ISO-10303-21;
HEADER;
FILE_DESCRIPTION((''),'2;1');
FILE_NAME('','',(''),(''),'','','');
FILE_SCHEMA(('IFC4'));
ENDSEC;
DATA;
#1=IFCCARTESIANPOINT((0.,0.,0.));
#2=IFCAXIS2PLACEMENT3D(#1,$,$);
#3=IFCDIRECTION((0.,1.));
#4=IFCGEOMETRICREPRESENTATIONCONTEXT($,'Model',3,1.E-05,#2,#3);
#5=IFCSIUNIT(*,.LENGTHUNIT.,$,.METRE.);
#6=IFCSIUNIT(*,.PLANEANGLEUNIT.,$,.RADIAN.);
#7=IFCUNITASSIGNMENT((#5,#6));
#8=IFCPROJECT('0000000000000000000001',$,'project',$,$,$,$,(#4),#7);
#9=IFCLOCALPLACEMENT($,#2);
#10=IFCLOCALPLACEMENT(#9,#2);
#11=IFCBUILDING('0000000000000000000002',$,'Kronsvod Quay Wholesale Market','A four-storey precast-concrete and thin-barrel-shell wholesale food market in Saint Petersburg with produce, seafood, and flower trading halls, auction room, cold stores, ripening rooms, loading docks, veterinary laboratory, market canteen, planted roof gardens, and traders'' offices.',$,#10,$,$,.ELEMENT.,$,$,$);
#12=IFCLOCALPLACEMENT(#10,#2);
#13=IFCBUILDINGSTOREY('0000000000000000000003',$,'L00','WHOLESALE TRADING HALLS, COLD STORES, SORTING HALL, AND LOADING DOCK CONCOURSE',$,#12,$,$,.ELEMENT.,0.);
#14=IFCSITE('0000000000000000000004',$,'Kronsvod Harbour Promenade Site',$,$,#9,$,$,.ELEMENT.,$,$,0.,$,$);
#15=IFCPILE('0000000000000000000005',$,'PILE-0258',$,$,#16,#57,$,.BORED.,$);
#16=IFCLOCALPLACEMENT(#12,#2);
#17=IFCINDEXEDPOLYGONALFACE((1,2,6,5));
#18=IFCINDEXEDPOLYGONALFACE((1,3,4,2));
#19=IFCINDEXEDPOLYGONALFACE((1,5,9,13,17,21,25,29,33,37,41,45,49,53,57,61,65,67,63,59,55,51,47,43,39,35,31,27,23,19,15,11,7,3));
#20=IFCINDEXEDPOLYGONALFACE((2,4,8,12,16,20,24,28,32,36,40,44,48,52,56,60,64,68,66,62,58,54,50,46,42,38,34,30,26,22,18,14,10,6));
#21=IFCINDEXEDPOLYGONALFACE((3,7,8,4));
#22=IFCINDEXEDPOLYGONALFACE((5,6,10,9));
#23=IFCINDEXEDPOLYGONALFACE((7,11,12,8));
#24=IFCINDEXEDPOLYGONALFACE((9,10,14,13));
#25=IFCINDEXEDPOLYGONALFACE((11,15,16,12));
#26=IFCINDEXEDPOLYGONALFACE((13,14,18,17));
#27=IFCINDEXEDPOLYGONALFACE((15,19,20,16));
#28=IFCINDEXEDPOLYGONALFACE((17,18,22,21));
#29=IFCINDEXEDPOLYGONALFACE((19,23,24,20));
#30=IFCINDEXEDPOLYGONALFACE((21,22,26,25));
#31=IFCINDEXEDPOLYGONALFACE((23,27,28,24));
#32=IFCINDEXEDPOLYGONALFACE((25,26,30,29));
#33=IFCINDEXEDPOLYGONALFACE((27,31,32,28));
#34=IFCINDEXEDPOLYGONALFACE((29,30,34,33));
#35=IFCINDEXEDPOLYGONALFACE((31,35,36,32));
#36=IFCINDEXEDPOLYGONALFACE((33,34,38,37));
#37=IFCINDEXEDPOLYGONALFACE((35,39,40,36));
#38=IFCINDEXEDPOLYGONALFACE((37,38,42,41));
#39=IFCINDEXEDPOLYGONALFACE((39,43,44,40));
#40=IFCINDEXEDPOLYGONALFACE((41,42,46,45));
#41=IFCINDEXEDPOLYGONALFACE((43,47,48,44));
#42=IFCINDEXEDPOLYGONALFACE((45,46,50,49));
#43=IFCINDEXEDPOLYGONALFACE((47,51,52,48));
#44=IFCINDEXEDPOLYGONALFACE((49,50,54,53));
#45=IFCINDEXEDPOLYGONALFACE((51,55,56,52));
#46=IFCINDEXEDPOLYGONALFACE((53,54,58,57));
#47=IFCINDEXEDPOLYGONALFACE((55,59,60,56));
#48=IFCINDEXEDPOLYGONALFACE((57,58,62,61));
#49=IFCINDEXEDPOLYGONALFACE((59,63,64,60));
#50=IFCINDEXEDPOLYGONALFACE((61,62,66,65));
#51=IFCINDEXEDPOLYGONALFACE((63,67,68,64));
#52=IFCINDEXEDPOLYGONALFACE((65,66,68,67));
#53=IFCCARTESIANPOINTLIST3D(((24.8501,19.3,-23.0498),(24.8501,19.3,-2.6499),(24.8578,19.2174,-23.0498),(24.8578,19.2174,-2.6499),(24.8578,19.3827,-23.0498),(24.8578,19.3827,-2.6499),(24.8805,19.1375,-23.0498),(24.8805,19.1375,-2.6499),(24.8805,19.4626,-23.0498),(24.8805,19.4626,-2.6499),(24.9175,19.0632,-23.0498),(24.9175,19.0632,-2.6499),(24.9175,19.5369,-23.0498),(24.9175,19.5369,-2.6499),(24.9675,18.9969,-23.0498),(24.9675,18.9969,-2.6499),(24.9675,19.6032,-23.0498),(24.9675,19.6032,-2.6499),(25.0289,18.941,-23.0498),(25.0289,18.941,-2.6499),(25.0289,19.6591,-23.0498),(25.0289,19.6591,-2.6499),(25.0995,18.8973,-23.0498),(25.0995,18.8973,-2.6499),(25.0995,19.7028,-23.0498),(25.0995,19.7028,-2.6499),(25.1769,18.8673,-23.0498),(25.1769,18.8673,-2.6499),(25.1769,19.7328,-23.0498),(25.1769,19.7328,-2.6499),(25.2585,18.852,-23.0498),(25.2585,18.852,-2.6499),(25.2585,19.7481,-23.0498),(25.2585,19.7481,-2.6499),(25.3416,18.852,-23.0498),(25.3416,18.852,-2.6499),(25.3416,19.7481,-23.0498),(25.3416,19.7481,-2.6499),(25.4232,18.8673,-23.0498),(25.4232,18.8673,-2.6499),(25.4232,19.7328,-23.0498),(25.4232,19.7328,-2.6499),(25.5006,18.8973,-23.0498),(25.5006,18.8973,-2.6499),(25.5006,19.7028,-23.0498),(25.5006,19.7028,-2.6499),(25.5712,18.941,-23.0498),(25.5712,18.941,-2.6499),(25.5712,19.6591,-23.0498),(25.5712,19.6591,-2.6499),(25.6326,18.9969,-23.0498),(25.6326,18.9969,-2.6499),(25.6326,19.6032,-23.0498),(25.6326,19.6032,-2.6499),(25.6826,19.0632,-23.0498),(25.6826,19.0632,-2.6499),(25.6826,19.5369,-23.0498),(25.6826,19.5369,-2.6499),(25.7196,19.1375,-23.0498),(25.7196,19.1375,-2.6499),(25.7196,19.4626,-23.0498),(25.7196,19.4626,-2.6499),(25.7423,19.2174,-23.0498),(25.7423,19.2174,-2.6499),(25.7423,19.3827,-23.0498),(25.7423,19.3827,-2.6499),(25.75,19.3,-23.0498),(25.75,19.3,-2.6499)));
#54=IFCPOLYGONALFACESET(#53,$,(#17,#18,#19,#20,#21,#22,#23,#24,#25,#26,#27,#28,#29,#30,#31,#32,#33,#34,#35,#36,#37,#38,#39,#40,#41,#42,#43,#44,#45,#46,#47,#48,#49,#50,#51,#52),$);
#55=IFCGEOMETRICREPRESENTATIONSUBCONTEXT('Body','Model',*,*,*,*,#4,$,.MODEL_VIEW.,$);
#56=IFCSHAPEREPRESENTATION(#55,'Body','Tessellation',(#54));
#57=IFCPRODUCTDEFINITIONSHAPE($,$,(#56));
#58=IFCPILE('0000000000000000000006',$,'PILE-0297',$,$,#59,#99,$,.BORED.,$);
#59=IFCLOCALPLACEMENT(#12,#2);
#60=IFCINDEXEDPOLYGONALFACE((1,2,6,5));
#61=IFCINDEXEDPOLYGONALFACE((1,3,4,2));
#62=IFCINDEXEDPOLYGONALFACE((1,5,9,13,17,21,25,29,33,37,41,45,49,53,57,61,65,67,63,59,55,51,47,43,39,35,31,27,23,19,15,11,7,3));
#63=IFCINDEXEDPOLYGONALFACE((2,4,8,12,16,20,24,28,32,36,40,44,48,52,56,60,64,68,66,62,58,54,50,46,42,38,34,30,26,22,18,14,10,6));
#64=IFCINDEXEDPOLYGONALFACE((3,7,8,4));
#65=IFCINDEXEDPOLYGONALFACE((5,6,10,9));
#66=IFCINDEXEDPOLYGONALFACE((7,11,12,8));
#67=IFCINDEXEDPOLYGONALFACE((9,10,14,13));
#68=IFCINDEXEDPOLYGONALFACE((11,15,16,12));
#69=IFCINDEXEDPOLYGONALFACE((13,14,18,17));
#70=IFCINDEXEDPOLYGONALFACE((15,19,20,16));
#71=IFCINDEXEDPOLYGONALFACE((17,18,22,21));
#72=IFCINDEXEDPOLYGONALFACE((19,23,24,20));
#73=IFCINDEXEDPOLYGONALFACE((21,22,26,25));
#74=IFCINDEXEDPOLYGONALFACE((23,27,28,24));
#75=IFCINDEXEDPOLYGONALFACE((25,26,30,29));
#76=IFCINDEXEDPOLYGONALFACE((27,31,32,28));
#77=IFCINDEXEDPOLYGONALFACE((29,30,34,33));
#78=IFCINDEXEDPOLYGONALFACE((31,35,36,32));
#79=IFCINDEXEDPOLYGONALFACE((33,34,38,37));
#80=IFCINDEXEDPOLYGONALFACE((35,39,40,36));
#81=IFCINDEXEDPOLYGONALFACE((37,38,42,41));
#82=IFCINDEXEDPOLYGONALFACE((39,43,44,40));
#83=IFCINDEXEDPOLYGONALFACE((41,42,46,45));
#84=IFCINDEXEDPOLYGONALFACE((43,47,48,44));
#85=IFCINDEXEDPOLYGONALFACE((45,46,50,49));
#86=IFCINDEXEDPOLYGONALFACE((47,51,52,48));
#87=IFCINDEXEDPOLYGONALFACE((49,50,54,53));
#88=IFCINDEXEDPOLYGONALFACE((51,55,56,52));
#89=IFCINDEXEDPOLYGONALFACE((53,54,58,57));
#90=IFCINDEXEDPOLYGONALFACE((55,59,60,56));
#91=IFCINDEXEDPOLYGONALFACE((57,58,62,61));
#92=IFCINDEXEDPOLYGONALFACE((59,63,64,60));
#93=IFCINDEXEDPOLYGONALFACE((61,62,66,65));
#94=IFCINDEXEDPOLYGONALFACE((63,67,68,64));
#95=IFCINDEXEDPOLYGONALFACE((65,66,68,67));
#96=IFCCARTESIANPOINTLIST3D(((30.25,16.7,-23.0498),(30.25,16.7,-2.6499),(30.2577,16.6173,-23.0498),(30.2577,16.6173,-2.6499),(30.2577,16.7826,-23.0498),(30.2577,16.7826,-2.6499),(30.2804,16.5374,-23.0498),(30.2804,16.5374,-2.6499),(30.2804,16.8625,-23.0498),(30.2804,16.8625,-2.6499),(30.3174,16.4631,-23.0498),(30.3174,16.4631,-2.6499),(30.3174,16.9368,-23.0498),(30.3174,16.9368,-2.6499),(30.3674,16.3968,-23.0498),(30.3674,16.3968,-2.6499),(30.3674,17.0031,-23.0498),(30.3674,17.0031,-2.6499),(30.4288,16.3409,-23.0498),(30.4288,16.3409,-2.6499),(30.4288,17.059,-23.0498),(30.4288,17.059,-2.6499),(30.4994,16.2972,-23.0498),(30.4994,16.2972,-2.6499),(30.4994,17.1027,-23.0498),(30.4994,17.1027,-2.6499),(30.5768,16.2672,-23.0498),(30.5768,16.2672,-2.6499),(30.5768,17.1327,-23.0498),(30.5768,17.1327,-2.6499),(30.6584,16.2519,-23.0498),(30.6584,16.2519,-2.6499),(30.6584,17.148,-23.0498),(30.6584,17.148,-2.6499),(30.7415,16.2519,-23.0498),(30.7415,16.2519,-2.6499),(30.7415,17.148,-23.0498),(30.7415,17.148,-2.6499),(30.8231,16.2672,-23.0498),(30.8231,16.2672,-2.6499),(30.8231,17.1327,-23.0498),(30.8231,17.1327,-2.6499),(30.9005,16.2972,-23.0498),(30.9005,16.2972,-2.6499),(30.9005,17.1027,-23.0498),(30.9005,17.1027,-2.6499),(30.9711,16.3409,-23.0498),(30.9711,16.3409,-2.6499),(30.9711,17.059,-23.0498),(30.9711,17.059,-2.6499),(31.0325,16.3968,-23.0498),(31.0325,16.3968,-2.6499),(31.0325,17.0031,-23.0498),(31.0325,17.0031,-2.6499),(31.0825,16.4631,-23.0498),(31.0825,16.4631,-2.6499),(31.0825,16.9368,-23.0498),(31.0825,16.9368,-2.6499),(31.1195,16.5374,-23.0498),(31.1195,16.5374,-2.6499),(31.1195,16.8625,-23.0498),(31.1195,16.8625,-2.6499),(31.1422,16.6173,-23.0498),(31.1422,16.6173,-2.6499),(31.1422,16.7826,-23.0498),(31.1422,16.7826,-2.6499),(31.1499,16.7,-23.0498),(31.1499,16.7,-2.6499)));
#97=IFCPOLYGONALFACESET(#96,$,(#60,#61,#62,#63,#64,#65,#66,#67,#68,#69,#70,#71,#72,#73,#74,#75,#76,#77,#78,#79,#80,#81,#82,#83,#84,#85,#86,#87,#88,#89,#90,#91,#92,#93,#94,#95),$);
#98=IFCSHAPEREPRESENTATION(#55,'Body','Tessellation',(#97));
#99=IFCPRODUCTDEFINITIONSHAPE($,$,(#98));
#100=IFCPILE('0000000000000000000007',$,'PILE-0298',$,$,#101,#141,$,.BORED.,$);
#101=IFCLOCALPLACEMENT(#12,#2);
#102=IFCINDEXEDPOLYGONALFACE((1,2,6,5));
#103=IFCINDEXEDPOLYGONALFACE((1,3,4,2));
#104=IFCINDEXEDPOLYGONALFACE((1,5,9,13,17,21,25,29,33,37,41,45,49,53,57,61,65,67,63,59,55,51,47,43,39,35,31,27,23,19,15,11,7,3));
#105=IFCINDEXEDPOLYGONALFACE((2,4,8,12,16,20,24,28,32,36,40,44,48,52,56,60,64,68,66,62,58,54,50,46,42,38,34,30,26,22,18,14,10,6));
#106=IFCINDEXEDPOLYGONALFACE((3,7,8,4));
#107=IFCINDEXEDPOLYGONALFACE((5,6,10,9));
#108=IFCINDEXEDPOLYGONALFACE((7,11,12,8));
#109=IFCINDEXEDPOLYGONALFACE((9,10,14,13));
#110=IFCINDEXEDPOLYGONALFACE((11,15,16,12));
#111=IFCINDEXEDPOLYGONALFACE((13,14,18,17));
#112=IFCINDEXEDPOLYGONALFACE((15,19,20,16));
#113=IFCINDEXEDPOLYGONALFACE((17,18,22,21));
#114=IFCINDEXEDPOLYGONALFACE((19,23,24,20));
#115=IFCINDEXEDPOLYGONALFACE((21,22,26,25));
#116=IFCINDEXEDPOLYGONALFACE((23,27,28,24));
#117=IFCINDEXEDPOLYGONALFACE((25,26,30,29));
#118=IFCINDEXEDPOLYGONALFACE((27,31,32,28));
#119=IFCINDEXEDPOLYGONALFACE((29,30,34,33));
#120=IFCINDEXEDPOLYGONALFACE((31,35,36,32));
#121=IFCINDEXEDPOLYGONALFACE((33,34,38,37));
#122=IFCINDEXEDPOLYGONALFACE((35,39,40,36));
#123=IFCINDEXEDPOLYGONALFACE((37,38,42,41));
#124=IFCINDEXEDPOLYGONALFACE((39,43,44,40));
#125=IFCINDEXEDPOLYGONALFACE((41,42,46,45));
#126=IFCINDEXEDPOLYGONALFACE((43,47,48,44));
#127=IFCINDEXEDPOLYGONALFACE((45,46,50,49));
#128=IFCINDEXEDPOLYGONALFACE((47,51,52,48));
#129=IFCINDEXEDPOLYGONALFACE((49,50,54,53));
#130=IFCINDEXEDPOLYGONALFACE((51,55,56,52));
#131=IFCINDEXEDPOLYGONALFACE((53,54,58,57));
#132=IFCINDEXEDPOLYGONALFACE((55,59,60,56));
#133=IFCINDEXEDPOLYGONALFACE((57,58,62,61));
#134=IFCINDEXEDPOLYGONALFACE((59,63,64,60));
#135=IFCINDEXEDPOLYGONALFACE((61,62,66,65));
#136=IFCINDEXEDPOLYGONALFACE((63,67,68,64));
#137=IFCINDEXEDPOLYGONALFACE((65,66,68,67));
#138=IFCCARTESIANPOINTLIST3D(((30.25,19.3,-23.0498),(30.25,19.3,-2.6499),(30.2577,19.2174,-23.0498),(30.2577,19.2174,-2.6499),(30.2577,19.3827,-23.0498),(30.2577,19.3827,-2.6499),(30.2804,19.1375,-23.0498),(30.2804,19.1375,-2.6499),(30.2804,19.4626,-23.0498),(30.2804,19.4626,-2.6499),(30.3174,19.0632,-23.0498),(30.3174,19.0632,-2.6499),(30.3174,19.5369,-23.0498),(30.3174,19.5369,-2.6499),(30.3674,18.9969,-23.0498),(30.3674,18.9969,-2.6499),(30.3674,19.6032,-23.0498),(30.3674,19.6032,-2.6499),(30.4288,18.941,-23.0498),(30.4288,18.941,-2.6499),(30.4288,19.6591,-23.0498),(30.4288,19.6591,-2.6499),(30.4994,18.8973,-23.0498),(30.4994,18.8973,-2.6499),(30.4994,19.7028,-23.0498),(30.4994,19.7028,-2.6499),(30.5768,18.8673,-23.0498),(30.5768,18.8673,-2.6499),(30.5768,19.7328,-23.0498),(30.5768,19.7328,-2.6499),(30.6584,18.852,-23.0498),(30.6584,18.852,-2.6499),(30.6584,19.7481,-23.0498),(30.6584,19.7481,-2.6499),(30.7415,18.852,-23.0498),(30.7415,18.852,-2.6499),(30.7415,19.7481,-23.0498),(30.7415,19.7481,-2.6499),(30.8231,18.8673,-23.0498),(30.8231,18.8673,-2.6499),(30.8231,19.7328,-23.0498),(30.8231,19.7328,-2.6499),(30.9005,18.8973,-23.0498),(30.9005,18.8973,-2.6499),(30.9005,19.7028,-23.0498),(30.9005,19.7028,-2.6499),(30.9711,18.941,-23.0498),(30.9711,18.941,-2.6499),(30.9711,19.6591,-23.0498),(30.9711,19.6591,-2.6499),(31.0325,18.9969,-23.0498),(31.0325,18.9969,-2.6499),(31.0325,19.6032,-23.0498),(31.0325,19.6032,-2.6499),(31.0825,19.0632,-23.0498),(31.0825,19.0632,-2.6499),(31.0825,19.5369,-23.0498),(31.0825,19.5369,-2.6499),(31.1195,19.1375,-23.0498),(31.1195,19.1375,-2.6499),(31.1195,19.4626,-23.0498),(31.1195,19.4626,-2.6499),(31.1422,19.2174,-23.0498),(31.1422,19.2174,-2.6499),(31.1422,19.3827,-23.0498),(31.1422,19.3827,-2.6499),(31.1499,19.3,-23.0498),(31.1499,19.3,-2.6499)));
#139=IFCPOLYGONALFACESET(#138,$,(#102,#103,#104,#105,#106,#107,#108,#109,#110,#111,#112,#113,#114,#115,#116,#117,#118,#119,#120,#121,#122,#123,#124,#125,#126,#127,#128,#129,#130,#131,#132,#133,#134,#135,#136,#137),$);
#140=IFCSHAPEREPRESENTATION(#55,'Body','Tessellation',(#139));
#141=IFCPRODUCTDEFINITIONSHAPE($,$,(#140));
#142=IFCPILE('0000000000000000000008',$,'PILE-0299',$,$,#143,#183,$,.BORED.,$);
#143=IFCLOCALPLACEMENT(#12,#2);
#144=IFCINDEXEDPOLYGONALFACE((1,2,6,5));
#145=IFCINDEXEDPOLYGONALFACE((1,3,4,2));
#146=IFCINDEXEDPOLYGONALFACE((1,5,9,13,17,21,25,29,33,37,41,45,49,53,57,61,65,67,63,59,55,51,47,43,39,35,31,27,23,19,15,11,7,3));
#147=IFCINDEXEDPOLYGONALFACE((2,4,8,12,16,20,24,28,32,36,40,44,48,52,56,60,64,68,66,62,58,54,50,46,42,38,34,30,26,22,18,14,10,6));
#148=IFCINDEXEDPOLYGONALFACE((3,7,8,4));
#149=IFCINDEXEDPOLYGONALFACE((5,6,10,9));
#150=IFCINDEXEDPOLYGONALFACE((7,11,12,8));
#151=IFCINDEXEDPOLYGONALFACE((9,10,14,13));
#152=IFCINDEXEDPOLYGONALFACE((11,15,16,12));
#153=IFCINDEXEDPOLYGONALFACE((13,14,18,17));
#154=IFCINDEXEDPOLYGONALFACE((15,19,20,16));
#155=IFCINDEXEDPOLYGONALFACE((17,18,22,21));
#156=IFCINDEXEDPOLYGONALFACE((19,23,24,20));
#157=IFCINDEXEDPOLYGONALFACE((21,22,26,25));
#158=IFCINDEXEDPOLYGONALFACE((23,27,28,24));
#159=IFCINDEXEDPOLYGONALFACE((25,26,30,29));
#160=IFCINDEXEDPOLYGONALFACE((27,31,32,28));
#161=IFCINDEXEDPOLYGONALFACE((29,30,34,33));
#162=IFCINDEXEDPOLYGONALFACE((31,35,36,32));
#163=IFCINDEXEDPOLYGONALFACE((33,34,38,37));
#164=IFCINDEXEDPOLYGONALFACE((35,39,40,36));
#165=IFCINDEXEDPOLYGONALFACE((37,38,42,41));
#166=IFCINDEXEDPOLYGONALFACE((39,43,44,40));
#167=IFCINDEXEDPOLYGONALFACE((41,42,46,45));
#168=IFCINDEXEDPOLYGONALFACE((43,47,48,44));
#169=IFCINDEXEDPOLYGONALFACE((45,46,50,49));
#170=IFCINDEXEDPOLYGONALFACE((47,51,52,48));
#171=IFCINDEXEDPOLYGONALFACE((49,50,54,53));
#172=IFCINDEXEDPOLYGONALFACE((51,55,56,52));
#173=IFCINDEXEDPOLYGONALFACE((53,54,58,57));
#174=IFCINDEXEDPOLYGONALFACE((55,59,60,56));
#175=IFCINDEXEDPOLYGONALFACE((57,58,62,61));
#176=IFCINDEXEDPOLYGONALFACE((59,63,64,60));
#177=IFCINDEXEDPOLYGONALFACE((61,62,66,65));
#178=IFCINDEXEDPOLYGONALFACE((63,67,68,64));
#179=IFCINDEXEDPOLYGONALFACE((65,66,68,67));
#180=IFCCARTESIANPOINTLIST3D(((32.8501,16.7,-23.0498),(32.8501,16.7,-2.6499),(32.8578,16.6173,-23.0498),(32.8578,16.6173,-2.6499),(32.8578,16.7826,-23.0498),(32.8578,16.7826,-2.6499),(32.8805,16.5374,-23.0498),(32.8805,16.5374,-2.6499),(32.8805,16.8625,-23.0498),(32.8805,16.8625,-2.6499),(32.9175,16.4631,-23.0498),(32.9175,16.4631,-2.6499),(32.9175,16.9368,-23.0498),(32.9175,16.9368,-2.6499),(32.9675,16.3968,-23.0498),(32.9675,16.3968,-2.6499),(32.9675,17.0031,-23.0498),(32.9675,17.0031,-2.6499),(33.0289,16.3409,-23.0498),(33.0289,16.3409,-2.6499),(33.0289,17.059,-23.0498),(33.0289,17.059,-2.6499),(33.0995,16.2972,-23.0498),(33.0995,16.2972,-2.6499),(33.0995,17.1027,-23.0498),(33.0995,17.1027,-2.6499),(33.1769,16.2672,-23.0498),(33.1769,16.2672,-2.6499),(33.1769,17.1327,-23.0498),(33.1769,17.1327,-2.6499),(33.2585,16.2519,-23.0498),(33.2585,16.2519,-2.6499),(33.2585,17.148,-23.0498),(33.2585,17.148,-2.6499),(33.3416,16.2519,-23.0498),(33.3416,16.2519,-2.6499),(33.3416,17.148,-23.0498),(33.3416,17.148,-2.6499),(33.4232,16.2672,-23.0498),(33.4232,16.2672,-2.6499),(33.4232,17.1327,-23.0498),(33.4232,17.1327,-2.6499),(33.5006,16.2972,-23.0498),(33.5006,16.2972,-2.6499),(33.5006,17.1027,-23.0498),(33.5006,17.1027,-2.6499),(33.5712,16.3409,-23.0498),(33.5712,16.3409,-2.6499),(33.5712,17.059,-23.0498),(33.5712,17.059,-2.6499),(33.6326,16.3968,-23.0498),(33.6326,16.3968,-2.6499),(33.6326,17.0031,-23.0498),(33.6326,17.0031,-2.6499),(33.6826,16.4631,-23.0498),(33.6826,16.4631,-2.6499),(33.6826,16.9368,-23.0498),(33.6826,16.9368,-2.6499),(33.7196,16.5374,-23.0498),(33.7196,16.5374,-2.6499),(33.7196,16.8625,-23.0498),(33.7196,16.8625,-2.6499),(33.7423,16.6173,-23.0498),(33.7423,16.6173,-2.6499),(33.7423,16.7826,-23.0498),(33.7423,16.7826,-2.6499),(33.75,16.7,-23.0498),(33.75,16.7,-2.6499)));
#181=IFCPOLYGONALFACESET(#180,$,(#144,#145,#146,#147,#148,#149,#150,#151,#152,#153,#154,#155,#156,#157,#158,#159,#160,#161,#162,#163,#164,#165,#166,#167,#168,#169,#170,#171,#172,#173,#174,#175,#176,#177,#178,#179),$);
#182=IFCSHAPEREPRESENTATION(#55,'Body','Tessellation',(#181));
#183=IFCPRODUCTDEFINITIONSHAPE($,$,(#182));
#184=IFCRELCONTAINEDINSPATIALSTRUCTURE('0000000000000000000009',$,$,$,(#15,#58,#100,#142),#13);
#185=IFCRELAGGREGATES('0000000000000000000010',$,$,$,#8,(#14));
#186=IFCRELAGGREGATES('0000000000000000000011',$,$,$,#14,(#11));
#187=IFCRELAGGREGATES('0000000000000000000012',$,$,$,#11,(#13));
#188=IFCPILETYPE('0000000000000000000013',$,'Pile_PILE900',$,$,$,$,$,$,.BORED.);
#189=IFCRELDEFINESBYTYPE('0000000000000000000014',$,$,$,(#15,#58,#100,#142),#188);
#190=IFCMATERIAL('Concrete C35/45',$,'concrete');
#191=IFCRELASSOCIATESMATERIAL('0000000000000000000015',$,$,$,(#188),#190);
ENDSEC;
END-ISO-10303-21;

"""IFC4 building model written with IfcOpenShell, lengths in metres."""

from ifc_helpers import new_model, si_unit, direction, frame, origin, origin_2d, place, context, subcontext, project, spatial, circle, extrude, material, material_profile, profile_set, type_object, element, save


model = new_model("IFC4")

# Units and contexts
model_context = context("Model", 3, precision=1e-05, world=origin(), true_north=direction((0.0, 1.0)))
body_context = subcontext(model_context, "Body", "Model", "MODEL_VIEW")
ifc_project = project(units=[si_unit("LENGTHUNIT", "METRE"), si_unit("PLANEANGLEUNIT", "RADIAN")], contexts=[model_context])

# Site, building, storey
site_placement = place(None, origin())
site = spatial("IfcSite", under=ifc_project, at=site_placement, Name="Kronsvod Harbour Promenade Site", CompositionType="ELEMENT", RefElevation=0.0)
building_placement = place(site_placement, origin())
building = spatial("IfcBuilding", under=site, at=building_placement, Name="Kronsvod Quay Wholesale Market", Description="A four-storey precast-concrete and thin-barrel-shell wholesale food market in Saint Petersburg with produce, seafood, and flower trading halls, auction room, cold stores, ripening rooms, loading docks, veterinary laboratory, market canteen, planted roof gardens, and traders' offices.", CompositionType="ELEMENT")
storey_placement = place(building_placement, origin())
storey = spatial("IfcBuildingStorey", under=building, at=storey_placement, Name="L00", Description="WHOLESALE TRADING HALLS, COLD STORES, SORTING HALL, AND LOADING DOCK CONCOURSE", CompositionType="ELEMENT", Elevation=0.0)

# Piles
ifc_material_1 = material(Name="Concrete C35/45", Category="concrete")
ifc_material_profile_1 = material_profile(ifc_material_1, circle(Radius=0.45, at=origin_2d()), Name="PILE900")
ifc_profile_set_1 = profile_set([ifc_material_profile_1], Name="Concrete C35/45")
pile_type_1 = type_object("IfcPileType", Name="Pile_PILE900", PredefinedType="BORED", material=ifc_profile_set_1)
for number, where, z_axis, x_axis, name in (
    (1, (25.3, 19.3, -2.6499), (0.0, 0.0, -1.0), (1.0, 0.0, 0.0), "PILE-0258"),
    (2, (30.7, 16.7, -2.6499), (0.0, 0.0, -1.0), (1.0, 0.0, 0.0), "PILE-0297"),
    (3, (30.7, 19.3, -2.6499), (0.0, 0.0, -1.0), (1.0, 0.0, 0.0), "PILE-0298"),
    (4, (33.3, 16.7, -2.6499), (0.0, 0.0, -1.0), (1.0, 0.0, 0.0), "PILE-0299"),
):
    element("IfcPile", number, at=place(storey_placement, frame(where, z_axis=z_axis, x_axis=x_axis)), inside=storey, type_object=pile_type_1, Name=name, PredefinedType="BORED", context=body_context, shape_type="SweptSolid", body=[
        extrude(circle(Radius=0.45, at=origin_2d()), origin(), (0.0, 0.0, 1.0), 20.3999),
    ])

save(model, "model.ifc")
